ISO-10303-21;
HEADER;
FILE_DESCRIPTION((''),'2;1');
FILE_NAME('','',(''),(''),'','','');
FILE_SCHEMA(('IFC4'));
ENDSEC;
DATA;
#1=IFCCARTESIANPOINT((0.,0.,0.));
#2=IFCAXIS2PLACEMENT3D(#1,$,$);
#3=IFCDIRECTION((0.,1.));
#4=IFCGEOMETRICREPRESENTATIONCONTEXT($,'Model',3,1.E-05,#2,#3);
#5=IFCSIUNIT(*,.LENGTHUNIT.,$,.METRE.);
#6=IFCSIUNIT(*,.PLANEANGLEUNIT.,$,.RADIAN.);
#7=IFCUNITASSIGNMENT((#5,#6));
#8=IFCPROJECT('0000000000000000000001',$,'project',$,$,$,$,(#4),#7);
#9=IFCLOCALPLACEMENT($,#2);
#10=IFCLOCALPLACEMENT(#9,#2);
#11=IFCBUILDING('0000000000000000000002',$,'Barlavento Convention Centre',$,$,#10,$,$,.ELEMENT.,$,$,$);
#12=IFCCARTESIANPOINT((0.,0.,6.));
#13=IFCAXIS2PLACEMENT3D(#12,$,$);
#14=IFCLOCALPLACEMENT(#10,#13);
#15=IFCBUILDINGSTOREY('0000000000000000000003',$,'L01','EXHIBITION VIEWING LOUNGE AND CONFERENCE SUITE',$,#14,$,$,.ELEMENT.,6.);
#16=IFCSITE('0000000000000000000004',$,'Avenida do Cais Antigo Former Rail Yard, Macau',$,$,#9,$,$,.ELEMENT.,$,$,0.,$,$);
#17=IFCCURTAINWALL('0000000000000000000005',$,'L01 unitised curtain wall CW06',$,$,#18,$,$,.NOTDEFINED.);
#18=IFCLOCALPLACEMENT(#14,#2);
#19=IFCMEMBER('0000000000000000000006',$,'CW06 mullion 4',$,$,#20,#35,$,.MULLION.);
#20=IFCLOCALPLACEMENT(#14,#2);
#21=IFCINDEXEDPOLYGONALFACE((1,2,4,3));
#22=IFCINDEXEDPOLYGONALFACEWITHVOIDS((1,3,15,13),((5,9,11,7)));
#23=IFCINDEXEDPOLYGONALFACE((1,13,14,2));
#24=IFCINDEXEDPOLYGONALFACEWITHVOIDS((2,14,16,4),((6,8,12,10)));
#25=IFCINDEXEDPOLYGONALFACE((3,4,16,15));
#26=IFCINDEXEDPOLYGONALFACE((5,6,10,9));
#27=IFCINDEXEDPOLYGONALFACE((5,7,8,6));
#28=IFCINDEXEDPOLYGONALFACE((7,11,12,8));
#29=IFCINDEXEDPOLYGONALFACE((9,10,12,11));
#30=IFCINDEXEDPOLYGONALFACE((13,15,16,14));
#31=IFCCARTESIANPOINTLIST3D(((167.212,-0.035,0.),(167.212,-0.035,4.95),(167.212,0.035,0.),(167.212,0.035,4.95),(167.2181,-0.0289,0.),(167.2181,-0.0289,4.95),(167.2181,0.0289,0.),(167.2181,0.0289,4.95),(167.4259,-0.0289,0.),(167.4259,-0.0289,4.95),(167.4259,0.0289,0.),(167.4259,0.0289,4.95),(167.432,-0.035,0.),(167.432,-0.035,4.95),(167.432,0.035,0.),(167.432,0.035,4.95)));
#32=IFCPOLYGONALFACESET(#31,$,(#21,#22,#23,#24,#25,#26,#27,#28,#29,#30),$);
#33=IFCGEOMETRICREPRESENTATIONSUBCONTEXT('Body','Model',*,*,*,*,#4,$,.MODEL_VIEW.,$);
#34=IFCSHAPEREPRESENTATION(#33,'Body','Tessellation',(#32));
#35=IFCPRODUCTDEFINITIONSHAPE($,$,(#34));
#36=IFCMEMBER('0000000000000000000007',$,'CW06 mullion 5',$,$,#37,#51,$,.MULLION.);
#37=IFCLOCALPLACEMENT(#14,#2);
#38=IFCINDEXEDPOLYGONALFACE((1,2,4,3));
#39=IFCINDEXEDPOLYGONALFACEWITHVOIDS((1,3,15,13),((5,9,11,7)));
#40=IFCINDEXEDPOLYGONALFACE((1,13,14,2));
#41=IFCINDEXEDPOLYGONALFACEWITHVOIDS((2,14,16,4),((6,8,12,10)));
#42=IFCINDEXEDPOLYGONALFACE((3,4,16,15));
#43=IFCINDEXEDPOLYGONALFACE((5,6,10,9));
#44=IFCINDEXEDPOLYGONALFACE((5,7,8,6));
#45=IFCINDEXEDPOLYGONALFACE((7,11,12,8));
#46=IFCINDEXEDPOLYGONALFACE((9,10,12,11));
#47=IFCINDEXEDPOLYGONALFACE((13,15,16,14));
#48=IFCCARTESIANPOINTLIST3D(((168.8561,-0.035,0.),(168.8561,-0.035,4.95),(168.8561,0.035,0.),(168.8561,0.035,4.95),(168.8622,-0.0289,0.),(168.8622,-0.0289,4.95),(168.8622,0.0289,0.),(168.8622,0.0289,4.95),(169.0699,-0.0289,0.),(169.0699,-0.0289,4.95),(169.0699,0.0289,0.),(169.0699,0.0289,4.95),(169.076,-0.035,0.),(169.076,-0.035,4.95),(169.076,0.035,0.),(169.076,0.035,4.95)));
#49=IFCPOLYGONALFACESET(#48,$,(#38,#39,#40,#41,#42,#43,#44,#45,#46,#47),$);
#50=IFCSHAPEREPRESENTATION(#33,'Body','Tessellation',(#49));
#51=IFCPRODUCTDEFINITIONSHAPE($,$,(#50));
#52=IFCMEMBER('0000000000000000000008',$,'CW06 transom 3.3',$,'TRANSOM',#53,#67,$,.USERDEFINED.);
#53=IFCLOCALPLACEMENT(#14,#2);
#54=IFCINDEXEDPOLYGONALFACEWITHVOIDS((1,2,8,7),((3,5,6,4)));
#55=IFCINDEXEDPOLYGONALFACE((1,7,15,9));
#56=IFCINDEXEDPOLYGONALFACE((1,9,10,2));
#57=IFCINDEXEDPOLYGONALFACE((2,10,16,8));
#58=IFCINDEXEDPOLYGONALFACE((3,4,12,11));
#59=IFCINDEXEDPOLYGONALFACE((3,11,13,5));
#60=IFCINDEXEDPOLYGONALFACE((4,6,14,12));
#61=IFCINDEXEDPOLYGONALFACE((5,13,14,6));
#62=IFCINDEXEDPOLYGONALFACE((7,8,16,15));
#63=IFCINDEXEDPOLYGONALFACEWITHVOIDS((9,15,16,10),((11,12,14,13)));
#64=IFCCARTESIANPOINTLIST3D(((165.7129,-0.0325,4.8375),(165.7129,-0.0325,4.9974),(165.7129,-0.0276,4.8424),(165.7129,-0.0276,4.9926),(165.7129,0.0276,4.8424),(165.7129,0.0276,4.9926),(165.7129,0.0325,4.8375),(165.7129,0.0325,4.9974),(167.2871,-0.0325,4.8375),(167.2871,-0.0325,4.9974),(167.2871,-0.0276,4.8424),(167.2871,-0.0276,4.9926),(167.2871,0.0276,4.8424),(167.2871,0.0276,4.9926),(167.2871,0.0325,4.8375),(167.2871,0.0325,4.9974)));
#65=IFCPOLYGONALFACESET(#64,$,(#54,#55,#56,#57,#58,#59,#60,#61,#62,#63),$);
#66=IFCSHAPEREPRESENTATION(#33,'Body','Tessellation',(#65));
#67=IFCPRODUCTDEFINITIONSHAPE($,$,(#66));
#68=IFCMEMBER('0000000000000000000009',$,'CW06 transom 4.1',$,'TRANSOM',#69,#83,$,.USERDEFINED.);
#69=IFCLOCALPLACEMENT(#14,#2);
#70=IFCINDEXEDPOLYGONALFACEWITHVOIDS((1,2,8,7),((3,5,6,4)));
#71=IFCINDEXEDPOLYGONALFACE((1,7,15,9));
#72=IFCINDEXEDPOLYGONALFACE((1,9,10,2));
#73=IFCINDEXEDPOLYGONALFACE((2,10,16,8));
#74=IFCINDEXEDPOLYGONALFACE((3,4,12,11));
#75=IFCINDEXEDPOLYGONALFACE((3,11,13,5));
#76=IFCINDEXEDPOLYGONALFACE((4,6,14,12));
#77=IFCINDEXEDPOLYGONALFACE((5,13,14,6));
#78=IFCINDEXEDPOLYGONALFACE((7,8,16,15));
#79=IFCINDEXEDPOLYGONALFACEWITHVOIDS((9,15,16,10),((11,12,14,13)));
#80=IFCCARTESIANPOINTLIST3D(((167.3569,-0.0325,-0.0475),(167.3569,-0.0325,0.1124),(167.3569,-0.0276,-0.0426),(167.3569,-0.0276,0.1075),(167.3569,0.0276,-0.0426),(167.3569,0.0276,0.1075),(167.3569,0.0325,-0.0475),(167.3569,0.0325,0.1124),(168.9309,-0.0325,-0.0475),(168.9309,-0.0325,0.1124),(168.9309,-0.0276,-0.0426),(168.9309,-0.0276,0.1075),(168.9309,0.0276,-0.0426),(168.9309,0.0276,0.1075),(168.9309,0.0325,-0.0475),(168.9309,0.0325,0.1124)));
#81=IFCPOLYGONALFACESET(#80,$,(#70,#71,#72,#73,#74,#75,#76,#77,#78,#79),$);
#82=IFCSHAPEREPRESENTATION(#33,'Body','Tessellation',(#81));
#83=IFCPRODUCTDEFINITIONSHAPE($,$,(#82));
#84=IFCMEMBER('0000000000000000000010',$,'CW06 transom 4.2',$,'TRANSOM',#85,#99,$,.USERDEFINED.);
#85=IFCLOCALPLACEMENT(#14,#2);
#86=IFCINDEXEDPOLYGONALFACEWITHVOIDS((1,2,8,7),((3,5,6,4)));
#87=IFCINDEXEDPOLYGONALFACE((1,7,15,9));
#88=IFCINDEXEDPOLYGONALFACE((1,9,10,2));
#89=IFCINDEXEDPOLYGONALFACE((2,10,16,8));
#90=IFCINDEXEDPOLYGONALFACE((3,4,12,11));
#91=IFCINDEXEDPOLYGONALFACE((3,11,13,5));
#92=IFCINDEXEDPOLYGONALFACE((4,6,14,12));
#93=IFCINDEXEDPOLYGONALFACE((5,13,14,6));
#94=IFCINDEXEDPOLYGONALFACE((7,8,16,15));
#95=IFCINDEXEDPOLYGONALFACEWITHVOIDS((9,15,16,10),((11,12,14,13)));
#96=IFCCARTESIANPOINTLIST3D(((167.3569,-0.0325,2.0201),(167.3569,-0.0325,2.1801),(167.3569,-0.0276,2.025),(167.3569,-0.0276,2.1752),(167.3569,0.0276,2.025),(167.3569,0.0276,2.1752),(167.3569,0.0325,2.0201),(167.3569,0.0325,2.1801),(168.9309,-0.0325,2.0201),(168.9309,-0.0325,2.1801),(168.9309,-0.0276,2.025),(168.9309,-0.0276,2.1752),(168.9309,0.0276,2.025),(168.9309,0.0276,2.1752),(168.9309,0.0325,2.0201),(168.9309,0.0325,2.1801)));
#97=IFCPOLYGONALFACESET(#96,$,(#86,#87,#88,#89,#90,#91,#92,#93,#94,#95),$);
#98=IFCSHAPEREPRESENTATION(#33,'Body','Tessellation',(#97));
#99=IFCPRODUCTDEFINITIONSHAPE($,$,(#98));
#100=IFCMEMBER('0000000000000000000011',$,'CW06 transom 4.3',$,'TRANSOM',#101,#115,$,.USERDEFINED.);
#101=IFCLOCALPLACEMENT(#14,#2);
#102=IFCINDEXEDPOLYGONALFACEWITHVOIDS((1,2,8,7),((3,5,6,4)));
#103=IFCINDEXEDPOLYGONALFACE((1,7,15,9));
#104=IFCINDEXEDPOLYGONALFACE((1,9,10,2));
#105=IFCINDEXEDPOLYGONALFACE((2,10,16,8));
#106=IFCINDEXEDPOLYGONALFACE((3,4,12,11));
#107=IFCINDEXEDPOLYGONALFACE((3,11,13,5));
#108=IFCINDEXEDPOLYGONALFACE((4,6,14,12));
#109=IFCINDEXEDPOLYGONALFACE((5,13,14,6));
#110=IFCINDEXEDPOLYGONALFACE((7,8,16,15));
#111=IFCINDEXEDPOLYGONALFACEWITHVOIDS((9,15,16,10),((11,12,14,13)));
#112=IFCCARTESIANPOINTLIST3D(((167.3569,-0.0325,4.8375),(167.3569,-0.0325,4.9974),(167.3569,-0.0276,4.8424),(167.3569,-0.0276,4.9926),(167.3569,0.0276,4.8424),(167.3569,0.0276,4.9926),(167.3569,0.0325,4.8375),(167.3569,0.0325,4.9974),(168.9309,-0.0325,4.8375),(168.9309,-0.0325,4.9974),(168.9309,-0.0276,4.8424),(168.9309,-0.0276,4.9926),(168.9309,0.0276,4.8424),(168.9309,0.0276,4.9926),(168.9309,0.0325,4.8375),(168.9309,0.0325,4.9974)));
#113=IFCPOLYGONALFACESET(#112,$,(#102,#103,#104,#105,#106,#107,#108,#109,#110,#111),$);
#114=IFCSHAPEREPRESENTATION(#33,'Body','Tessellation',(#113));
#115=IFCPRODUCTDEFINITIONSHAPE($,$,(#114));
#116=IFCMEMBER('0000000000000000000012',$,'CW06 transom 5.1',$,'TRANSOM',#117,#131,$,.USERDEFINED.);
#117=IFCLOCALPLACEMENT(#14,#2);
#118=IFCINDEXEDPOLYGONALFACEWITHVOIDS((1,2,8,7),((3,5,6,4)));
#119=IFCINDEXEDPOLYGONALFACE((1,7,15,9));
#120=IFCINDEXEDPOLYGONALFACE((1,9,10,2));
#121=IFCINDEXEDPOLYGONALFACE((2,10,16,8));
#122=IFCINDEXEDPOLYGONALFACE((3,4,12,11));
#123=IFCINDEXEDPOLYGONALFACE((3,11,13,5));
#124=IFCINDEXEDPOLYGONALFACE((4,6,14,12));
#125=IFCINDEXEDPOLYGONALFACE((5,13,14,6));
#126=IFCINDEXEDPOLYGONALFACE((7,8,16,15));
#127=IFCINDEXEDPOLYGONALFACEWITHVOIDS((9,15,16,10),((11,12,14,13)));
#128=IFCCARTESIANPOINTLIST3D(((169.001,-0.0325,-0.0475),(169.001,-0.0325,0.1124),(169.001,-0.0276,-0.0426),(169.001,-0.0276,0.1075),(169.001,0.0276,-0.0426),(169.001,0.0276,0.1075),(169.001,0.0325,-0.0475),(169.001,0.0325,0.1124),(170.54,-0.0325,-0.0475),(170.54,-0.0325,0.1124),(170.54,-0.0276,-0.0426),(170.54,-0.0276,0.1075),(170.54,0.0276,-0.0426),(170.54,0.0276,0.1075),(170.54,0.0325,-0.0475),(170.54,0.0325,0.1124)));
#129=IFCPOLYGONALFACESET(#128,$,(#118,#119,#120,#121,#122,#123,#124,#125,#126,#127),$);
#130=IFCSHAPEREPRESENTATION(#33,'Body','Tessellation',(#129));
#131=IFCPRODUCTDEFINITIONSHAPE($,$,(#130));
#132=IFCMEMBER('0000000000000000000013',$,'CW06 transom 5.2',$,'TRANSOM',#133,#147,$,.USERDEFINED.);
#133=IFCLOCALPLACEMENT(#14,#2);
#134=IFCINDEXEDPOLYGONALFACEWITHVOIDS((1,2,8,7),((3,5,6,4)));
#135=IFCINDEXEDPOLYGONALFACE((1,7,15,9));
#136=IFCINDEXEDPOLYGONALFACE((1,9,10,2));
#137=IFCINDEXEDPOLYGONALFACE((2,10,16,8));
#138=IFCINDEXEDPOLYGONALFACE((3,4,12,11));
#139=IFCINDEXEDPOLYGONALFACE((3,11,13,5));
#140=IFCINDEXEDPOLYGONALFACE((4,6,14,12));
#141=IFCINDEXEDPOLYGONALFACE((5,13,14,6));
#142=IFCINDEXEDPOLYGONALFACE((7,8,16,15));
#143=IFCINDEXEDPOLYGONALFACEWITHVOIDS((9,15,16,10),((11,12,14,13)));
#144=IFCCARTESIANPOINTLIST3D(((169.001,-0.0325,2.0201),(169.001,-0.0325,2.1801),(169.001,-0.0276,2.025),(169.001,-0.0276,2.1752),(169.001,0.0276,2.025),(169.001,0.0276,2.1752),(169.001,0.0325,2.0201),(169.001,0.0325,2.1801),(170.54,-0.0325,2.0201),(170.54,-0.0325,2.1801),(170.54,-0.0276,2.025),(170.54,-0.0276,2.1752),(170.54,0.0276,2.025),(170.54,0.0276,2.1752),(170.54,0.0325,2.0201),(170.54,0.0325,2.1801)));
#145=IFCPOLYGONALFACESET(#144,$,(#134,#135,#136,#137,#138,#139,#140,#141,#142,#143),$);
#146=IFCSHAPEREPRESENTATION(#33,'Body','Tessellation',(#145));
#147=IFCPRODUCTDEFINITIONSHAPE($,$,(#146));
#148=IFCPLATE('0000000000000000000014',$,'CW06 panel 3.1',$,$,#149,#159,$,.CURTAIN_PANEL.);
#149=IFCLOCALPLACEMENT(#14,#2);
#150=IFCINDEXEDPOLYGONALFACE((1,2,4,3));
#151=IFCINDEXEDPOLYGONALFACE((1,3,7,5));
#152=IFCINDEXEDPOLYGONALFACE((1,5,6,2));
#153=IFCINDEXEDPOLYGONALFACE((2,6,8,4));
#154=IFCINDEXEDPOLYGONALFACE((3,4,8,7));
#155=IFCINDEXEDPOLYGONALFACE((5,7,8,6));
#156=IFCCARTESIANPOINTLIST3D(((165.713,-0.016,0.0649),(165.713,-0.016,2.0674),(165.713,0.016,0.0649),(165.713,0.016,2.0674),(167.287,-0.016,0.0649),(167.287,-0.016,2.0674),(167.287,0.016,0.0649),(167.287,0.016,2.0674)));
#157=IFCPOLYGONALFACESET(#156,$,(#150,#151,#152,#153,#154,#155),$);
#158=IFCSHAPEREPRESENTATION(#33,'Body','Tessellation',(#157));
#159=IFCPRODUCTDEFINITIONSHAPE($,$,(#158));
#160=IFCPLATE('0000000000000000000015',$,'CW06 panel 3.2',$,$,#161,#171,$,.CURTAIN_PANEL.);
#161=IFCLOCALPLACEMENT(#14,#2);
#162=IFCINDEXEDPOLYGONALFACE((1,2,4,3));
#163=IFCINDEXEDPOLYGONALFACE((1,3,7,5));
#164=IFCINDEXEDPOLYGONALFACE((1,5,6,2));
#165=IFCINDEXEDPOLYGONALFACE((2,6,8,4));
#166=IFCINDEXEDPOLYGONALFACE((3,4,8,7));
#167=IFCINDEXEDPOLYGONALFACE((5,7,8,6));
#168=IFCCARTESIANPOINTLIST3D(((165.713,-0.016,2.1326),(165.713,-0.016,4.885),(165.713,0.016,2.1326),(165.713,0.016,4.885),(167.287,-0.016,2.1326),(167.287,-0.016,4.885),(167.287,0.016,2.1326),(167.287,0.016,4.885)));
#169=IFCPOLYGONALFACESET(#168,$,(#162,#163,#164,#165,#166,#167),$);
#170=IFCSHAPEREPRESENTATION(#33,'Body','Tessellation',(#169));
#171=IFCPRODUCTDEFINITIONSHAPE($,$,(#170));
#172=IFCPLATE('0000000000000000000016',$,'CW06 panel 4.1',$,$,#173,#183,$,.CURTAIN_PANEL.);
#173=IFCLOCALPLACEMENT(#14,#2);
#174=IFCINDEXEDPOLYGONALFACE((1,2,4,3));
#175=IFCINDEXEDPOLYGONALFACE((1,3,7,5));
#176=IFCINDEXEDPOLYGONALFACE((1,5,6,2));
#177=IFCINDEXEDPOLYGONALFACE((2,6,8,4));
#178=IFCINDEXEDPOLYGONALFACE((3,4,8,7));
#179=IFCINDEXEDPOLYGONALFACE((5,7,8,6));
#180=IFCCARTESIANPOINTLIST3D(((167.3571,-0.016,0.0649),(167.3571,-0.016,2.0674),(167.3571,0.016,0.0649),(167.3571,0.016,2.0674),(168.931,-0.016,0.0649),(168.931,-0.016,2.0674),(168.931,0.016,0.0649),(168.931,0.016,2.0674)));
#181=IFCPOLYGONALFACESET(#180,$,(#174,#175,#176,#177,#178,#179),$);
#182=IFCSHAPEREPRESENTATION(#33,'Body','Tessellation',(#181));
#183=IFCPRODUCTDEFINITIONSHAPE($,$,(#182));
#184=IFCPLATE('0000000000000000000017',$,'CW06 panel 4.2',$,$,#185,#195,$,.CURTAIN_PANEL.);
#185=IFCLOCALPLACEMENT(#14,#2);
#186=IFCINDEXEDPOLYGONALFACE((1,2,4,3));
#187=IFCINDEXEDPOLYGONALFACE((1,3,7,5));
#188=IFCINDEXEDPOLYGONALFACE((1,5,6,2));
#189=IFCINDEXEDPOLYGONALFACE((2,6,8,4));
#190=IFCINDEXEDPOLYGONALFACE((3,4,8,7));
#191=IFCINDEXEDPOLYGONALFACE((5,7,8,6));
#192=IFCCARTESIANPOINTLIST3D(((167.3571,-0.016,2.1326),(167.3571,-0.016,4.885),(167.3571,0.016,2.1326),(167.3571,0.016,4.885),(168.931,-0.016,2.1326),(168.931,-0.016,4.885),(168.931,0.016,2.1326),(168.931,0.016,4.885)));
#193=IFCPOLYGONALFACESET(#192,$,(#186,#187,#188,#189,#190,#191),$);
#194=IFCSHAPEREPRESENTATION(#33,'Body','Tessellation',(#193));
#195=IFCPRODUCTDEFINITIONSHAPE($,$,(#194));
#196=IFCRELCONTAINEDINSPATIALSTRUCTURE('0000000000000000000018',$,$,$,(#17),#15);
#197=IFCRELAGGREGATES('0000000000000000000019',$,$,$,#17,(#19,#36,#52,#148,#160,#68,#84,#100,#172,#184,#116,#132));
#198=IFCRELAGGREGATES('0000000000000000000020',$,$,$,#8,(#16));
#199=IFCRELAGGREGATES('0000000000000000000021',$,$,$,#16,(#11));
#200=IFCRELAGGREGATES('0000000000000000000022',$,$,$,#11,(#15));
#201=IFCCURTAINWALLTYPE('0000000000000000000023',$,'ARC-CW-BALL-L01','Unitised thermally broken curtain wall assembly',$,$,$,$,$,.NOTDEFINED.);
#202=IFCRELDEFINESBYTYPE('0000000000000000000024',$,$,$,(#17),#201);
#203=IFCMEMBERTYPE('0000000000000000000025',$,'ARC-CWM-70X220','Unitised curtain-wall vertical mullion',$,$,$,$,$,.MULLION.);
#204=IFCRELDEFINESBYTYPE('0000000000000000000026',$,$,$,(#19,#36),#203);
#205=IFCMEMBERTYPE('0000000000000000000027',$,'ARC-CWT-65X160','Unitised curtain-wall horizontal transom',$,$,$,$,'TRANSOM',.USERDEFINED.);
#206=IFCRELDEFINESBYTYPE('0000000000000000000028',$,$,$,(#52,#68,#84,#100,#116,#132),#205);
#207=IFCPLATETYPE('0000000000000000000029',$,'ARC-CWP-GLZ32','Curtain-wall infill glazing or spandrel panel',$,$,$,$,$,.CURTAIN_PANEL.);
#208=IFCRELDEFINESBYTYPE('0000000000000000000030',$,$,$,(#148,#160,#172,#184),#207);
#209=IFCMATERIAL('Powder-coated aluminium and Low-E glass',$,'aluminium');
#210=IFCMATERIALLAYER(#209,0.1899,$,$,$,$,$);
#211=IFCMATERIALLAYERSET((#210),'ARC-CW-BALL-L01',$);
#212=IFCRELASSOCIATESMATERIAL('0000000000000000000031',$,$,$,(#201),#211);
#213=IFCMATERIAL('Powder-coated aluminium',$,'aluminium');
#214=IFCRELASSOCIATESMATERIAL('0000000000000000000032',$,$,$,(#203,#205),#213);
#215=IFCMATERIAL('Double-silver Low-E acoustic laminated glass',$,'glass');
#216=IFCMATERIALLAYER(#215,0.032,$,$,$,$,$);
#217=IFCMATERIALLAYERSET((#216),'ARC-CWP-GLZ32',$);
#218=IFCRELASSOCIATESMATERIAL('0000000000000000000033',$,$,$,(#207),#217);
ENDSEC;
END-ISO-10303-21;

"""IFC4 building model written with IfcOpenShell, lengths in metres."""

from ifc_helpers import new_model, si_unit, direction, frame, origin, origin_2d, place, context, subcontext, project, spatial, rectangle, hollow_rectangle, extrude, material, layer, layer_set, material_profile, profile_set, type_object, element, aggregate, save


model = new_model("IFC4")

# Units and contexts
model_context = context("Model", 3, precision=1e-05, world=origin(), true_north=direction((0.0, 1.0)))
body_context = subcontext(model_context, "Body", "Model", "MODEL_VIEW")
ifc_project = project(units=[si_unit("LENGTHUNIT", "METRE"), si_unit("PLANEANGLEUNIT", "RADIAN")], contexts=[model_context])

# Site, building, storey
site_placement = place(None, origin())
site = spatial("IfcSite", under=ifc_project, at=site_placement, Name="Avenida do Cais Antigo Former Rail Yard, Macau", CompositionType="ELEMENT", RefElevation=0.0)
building_placement = place(site_placement, origin())
building = spatial("IfcBuilding", under=site, at=building_placement, Name="Barlavento Convention Centre", CompositionType="ELEMENT")
storey_placement = place(building_placement, frame((0.0, 0.0, 6.0)))
storey = spatial("IfcBuildingStorey", under=building, at=storey_placement, Name="L01", Description="EXHIBITION VIEWING LOUNGE AND CONFERENCE SUITE", CompositionType="ELEMENT", Elevation=6.0)

# Curtain wall, members, plates
ifc_material_1 = material(Name="Powder-coated aluminium and Low-E glass", Category="aluminium")
ifc_layer_1 = layer(ifc_material_1, 0.1899)
ifc_layer_set_1 = layer_set([ifc_layer_1], Name="ARC-CW-BALL-L01")
curtain_wall_type = type_object("IfcCurtainWallType", Name="ARC-CW-BALL-L01", Description="Unitised thermally broken curtain wall assembly", PredefinedType="NOTDEFINED", material=ifc_layer_set_1)
curtain_wall_placement = place(storey_placement, origin())
curtain_wall = element("IfcCurtainWall", 1, at=curtain_wall_placement, inside=storey, type_object=curtain_wall_type, Name="L01 unitised curtain wall CW06", PredefinedType="NOTDEFINED")
ifc_material_2 = material(Name="Powder-coated aluminium", Category="aluminium")
ifc_material_profile_1 = material_profile(ifc_material_2, hollow_rectangle(XDim=0.0701, YDim=0.22, WallThickness=0.0061, at=origin_2d()), Name="AL-MULL 70x220x6")
ifc_profile_set_1 = profile_set([ifc_material_profile_1], Name="Powder-coated aluminium")
member_type_1 = type_object("IfcMemberType", Name="ARC-CWM-70X220", Description="Unitised curtain-wall vertical mullion", PredefinedType="MULLION", material=ifc_profile_set_1)
member_1_placement = place(storey_placement, frame((167.322, 0.0, 0.0), z_axis=(0.0, 0.0, 1.0), x_axis=(0.0, 1.0, 0.0)))
member_1 = element("IfcMember", 2, at=member_1_placement, type_object=member_type_1, Name="CW06 mullion 4", PredefinedType="MULLION", context=body_context, shape_type="SweptSolid", body=[
    extrude(hollow_rectangle(XDim=0.0701, YDim=0.22, WallThickness=0.0061, at=origin_2d()), origin(), (0.0, 0.0, 1.0), 4.95),
])
member_2_placement = place(storey_placement, frame((168.9661, 0.0, 0.0), z_axis=(0.0, 0.0, 1.0), x_axis=(0.0, 1.0, 0.0)))
member_2 = element("IfcMember", 3, at=member_2_placement, type_object=member_type_1, Name="CW06 mullion 5", PredefinedType="MULLION", context=body_context, shape_type="SweptSolid", body=[
    extrude(hollow_rectangle(XDim=0.0701, YDim=0.22, WallThickness=0.0061, at=origin_2d()), origin(), (0.0, 0.0, 1.0), 4.95),
])
ifc_material_profile_2 = material_profile(ifc_material_2, hollow_rectangle(XDim=0.0649, YDim=0.1599, WallThickness=0.0049, at=origin_2d()), Name="AL-TRAN 65x160x5")
ifc_profile_set_2 = profile_set([ifc_material_profile_2], Name="Powder-coated aluminium")
member_type_2 = type_object("IfcMemberType", Name="ARC-CWT-65X160", Description="Unitised curtain-wall horizontal transom", ElementType="TRANSOM", PredefinedType="USERDEFINED", material=ifc_profile_set_2)
member_3_placement = place(storey_placement, frame((165.7129, 0.0, 4.9175), z_axis=(1.0, 0.0, 0.0), x_axis=(0.0, 1.0, 0.0)))
member_3 = element("IfcMember", 4, at=member_3_placement, type_object=member_type_2, Name="CW06 transom 3.3", ObjectType="TRANSOM", PredefinedType="USERDEFINED", context=body_context, shape_type="SweptSolid", body=[
    extrude(hollow_rectangle(XDim=0.0649, YDim=0.1599, WallThickness=0.0049, at=origin_2d()), origin(), (0.0, 0.0, 1.0), 1.5742),
])
member_4_placement = place(storey_placement, frame((167.3569, 0.0, 0.0325), z_axis=(1.0, 0.0, 0.0), x_axis=(0.0, 1.0, 0.0)))
member_4 = element("IfcMember", 5, at=member_4_placement, type_object=member_type_2, Name="CW06 transom 4.1", ObjectType="TRANSOM", PredefinedType="USERDEFINED", context=body_context, shape_type="SweptSolid", body=[
    extrude(hollow_rectangle(XDim=0.0649, YDim=0.1599, WallThickness=0.0049, at=origin_2d()), origin(), (0.0, 0.0, 1.0), 1.574),
])
member_5_placement = place(storey_placement, frame((167.3569, 0.0, 2.1001), z_axis=(1.0, 0.0, 0.0), x_axis=(0.0, 1.0, 0.0)))
member_5 = element("IfcMember", 6, at=member_5_placement, type_object=member_type_2, Name="CW06 transom 4.2", ObjectType="TRANSOM", PredefinedType="USERDEFINED", context=body_context, shape_type="SweptSolid", body=[
    extrude(hollow_rectangle(XDim=0.0649, YDim=0.1599, WallThickness=0.0049, at=origin_2d()), origin(), (0.0, 0.0, 1.0), 1.574),
])
member_6_placement = place(storey_placement, frame((167.3569, 0.0, 4.9175), z_axis=(1.0, 0.0, 0.0), x_axis=(0.0, 1.0, 0.0)))
member_6 = element("IfcMember", 7, at=member_6_placement, type_object=member_type_2, Name="CW06 transom 4.3", ObjectType="TRANSOM", PredefinedType="USERDEFINED", context=body_context, shape_type="SweptSolid", body=[
    extrude(hollow_rectangle(XDim=0.0649, YDim=0.1599, WallThickness=0.0049, at=origin_2d()), origin(), (0.0, 0.0, 1.0), 1.574),
])
member_7_placement = place(storey_placement, frame((169.001, 0.0, 0.0325), z_axis=(1.0, 0.0, 0.0), x_axis=(0.0, 1.0, 0.0)))
member_7 = element("IfcMember", 8, at=member_7_placement, type_object=member_type_2, Name="CW06 transom 5.1", ObjectType="TRANSOM", PredefinedType="USERDEFINED", context=body_context, shape_type="SweptSolid", body=[
    extrude(hollow_rectangle(XDim=0.0649, YDim=0.1599, WallThickness=0.0049, at=origin_2d()), origin(), (0.0, 0.0, 1.0), 1.5391),
])
member_8_placement = place(storey_placement, frame((169.001, 0.0, 2.1001), z_axis=(1.0, 0.0, 0.0), x_axis=(0.0, 1.0, 0.0)))
member_8 = element("IfcMember", 9, at=member_8_placement, type_object=member_type_2, Name="CW06 transom 5.2", ObjectType="TRANSOM", PredefinedType="USERDEFINED", context=body_context, shape_type="SweptSolid", body=[
    extrude(hollow_rectangle(XDim=0.0649, YDim=0.1599, WallThickness=0.0049, at=origin_2d()), origin(), (0.0, 0.0, 1.0), 1.5391),
])
ifc_material_3 = material(Name="Double-silver Low-E acoustic laminated glass", Category="glass")
ifc_layer_2 = layer(ifc_material_3, 0.032)
ifc_layer_set_2 = layer_set([ifc_layer_2], Name="ARC-CWP-GLZ32")
plate_type = type_object("IfcPlateType", Name="ARC-CWP-GLZ32", Description="Curtain-wall infill glazing or spandrel panel", PredefinedType="CURTAIN_PANEL", material=ifc_layer_set_2)
plate_1_placement = place(storey_placement, frame((166.5, 0.0, 0.0649), z_axis=(0.0, 0.0, 1.0), x_axis=(1.0, 0.0, 0.0)))
plate_1 = element("IfcPlate", 10, at=plate_1_placement, type_object=plate_type, Name="CW06 panel 3.1", PredefinedType="CURTAIN_PANEL", context=body_context, shape_type="SweptSolid", body=[
    extrude(rectangle(XDim=1.574, YDim=0.032, at=origin_2d()), origin(), (0.0, 0.0, 1.0), 2.0024),
])
plate_2_placement = place(storey_placement, frame((166.5, 0.0, 2.1326), z_axis=(0.0, 0.0, 1.0), x_axis=(1.0, 0.0, 0.0)))
plate_2 = element("IfcPlate", 11, at=plate_2_placement, type_object=plate_type, Name="CW06 panel 3.2", PredefinedType="CURTAIN_PANEL", context=body_context, shape_type="SweptSolid", body=[
    extrude(rectangle(XDim=1.574, YDim=0.032, at=origin_2d()), origin(), (0.0, 0.0, 1.0), 2.7524),
])
plate_3_placement = place(storey_placement, frame((168.144, 0.0, 0.0649), z_axis=(0.0, 0.0, 1.0), x_axis=(1.0, 0.0, 0.0)))
plate_3 = element("IfcPlate", 12, at=plate_3_placement, type_object=plate_type, Name="CW06 panel 4.1", PredefinedType="CURTAIN_PANEL", context=body_context, shape_type="SweptSolid", body=[
    extrude(rectangle(XDim=1.574, YDim=0.032, at=origin_2d()), origin(), (0.0, 0.0, 1.0), 2.0024),
])
plate_4_placement = place(storey_placement, frame((168.144, 0.0, 2.1326), z_axis=(0.0, 0.0, 1.0), x_axis=(1.0, 0.0, 0.0)))
plate_4 = element("IfcPlate", 13, at=plate_4_placement, type_object=plate_type, Name="CW06 panel 4.2", PredefinedType="CURTAIN_PANEL", context=body_context, shape_type="SweptSolid", body=[
    extrude(rectangle(XDim=1.574, YDim=0.032, at=origin_2d()), origin(), (0.0, 0.0, 1.0), 2.7524),
])
aggregate(curtain_wall, [member_1, member_2, member_3, plate_1, plate_2, member_4, member_5, member_6, plate_3, plate_4, member_7, member_8])

save(model, "model.ifc")
